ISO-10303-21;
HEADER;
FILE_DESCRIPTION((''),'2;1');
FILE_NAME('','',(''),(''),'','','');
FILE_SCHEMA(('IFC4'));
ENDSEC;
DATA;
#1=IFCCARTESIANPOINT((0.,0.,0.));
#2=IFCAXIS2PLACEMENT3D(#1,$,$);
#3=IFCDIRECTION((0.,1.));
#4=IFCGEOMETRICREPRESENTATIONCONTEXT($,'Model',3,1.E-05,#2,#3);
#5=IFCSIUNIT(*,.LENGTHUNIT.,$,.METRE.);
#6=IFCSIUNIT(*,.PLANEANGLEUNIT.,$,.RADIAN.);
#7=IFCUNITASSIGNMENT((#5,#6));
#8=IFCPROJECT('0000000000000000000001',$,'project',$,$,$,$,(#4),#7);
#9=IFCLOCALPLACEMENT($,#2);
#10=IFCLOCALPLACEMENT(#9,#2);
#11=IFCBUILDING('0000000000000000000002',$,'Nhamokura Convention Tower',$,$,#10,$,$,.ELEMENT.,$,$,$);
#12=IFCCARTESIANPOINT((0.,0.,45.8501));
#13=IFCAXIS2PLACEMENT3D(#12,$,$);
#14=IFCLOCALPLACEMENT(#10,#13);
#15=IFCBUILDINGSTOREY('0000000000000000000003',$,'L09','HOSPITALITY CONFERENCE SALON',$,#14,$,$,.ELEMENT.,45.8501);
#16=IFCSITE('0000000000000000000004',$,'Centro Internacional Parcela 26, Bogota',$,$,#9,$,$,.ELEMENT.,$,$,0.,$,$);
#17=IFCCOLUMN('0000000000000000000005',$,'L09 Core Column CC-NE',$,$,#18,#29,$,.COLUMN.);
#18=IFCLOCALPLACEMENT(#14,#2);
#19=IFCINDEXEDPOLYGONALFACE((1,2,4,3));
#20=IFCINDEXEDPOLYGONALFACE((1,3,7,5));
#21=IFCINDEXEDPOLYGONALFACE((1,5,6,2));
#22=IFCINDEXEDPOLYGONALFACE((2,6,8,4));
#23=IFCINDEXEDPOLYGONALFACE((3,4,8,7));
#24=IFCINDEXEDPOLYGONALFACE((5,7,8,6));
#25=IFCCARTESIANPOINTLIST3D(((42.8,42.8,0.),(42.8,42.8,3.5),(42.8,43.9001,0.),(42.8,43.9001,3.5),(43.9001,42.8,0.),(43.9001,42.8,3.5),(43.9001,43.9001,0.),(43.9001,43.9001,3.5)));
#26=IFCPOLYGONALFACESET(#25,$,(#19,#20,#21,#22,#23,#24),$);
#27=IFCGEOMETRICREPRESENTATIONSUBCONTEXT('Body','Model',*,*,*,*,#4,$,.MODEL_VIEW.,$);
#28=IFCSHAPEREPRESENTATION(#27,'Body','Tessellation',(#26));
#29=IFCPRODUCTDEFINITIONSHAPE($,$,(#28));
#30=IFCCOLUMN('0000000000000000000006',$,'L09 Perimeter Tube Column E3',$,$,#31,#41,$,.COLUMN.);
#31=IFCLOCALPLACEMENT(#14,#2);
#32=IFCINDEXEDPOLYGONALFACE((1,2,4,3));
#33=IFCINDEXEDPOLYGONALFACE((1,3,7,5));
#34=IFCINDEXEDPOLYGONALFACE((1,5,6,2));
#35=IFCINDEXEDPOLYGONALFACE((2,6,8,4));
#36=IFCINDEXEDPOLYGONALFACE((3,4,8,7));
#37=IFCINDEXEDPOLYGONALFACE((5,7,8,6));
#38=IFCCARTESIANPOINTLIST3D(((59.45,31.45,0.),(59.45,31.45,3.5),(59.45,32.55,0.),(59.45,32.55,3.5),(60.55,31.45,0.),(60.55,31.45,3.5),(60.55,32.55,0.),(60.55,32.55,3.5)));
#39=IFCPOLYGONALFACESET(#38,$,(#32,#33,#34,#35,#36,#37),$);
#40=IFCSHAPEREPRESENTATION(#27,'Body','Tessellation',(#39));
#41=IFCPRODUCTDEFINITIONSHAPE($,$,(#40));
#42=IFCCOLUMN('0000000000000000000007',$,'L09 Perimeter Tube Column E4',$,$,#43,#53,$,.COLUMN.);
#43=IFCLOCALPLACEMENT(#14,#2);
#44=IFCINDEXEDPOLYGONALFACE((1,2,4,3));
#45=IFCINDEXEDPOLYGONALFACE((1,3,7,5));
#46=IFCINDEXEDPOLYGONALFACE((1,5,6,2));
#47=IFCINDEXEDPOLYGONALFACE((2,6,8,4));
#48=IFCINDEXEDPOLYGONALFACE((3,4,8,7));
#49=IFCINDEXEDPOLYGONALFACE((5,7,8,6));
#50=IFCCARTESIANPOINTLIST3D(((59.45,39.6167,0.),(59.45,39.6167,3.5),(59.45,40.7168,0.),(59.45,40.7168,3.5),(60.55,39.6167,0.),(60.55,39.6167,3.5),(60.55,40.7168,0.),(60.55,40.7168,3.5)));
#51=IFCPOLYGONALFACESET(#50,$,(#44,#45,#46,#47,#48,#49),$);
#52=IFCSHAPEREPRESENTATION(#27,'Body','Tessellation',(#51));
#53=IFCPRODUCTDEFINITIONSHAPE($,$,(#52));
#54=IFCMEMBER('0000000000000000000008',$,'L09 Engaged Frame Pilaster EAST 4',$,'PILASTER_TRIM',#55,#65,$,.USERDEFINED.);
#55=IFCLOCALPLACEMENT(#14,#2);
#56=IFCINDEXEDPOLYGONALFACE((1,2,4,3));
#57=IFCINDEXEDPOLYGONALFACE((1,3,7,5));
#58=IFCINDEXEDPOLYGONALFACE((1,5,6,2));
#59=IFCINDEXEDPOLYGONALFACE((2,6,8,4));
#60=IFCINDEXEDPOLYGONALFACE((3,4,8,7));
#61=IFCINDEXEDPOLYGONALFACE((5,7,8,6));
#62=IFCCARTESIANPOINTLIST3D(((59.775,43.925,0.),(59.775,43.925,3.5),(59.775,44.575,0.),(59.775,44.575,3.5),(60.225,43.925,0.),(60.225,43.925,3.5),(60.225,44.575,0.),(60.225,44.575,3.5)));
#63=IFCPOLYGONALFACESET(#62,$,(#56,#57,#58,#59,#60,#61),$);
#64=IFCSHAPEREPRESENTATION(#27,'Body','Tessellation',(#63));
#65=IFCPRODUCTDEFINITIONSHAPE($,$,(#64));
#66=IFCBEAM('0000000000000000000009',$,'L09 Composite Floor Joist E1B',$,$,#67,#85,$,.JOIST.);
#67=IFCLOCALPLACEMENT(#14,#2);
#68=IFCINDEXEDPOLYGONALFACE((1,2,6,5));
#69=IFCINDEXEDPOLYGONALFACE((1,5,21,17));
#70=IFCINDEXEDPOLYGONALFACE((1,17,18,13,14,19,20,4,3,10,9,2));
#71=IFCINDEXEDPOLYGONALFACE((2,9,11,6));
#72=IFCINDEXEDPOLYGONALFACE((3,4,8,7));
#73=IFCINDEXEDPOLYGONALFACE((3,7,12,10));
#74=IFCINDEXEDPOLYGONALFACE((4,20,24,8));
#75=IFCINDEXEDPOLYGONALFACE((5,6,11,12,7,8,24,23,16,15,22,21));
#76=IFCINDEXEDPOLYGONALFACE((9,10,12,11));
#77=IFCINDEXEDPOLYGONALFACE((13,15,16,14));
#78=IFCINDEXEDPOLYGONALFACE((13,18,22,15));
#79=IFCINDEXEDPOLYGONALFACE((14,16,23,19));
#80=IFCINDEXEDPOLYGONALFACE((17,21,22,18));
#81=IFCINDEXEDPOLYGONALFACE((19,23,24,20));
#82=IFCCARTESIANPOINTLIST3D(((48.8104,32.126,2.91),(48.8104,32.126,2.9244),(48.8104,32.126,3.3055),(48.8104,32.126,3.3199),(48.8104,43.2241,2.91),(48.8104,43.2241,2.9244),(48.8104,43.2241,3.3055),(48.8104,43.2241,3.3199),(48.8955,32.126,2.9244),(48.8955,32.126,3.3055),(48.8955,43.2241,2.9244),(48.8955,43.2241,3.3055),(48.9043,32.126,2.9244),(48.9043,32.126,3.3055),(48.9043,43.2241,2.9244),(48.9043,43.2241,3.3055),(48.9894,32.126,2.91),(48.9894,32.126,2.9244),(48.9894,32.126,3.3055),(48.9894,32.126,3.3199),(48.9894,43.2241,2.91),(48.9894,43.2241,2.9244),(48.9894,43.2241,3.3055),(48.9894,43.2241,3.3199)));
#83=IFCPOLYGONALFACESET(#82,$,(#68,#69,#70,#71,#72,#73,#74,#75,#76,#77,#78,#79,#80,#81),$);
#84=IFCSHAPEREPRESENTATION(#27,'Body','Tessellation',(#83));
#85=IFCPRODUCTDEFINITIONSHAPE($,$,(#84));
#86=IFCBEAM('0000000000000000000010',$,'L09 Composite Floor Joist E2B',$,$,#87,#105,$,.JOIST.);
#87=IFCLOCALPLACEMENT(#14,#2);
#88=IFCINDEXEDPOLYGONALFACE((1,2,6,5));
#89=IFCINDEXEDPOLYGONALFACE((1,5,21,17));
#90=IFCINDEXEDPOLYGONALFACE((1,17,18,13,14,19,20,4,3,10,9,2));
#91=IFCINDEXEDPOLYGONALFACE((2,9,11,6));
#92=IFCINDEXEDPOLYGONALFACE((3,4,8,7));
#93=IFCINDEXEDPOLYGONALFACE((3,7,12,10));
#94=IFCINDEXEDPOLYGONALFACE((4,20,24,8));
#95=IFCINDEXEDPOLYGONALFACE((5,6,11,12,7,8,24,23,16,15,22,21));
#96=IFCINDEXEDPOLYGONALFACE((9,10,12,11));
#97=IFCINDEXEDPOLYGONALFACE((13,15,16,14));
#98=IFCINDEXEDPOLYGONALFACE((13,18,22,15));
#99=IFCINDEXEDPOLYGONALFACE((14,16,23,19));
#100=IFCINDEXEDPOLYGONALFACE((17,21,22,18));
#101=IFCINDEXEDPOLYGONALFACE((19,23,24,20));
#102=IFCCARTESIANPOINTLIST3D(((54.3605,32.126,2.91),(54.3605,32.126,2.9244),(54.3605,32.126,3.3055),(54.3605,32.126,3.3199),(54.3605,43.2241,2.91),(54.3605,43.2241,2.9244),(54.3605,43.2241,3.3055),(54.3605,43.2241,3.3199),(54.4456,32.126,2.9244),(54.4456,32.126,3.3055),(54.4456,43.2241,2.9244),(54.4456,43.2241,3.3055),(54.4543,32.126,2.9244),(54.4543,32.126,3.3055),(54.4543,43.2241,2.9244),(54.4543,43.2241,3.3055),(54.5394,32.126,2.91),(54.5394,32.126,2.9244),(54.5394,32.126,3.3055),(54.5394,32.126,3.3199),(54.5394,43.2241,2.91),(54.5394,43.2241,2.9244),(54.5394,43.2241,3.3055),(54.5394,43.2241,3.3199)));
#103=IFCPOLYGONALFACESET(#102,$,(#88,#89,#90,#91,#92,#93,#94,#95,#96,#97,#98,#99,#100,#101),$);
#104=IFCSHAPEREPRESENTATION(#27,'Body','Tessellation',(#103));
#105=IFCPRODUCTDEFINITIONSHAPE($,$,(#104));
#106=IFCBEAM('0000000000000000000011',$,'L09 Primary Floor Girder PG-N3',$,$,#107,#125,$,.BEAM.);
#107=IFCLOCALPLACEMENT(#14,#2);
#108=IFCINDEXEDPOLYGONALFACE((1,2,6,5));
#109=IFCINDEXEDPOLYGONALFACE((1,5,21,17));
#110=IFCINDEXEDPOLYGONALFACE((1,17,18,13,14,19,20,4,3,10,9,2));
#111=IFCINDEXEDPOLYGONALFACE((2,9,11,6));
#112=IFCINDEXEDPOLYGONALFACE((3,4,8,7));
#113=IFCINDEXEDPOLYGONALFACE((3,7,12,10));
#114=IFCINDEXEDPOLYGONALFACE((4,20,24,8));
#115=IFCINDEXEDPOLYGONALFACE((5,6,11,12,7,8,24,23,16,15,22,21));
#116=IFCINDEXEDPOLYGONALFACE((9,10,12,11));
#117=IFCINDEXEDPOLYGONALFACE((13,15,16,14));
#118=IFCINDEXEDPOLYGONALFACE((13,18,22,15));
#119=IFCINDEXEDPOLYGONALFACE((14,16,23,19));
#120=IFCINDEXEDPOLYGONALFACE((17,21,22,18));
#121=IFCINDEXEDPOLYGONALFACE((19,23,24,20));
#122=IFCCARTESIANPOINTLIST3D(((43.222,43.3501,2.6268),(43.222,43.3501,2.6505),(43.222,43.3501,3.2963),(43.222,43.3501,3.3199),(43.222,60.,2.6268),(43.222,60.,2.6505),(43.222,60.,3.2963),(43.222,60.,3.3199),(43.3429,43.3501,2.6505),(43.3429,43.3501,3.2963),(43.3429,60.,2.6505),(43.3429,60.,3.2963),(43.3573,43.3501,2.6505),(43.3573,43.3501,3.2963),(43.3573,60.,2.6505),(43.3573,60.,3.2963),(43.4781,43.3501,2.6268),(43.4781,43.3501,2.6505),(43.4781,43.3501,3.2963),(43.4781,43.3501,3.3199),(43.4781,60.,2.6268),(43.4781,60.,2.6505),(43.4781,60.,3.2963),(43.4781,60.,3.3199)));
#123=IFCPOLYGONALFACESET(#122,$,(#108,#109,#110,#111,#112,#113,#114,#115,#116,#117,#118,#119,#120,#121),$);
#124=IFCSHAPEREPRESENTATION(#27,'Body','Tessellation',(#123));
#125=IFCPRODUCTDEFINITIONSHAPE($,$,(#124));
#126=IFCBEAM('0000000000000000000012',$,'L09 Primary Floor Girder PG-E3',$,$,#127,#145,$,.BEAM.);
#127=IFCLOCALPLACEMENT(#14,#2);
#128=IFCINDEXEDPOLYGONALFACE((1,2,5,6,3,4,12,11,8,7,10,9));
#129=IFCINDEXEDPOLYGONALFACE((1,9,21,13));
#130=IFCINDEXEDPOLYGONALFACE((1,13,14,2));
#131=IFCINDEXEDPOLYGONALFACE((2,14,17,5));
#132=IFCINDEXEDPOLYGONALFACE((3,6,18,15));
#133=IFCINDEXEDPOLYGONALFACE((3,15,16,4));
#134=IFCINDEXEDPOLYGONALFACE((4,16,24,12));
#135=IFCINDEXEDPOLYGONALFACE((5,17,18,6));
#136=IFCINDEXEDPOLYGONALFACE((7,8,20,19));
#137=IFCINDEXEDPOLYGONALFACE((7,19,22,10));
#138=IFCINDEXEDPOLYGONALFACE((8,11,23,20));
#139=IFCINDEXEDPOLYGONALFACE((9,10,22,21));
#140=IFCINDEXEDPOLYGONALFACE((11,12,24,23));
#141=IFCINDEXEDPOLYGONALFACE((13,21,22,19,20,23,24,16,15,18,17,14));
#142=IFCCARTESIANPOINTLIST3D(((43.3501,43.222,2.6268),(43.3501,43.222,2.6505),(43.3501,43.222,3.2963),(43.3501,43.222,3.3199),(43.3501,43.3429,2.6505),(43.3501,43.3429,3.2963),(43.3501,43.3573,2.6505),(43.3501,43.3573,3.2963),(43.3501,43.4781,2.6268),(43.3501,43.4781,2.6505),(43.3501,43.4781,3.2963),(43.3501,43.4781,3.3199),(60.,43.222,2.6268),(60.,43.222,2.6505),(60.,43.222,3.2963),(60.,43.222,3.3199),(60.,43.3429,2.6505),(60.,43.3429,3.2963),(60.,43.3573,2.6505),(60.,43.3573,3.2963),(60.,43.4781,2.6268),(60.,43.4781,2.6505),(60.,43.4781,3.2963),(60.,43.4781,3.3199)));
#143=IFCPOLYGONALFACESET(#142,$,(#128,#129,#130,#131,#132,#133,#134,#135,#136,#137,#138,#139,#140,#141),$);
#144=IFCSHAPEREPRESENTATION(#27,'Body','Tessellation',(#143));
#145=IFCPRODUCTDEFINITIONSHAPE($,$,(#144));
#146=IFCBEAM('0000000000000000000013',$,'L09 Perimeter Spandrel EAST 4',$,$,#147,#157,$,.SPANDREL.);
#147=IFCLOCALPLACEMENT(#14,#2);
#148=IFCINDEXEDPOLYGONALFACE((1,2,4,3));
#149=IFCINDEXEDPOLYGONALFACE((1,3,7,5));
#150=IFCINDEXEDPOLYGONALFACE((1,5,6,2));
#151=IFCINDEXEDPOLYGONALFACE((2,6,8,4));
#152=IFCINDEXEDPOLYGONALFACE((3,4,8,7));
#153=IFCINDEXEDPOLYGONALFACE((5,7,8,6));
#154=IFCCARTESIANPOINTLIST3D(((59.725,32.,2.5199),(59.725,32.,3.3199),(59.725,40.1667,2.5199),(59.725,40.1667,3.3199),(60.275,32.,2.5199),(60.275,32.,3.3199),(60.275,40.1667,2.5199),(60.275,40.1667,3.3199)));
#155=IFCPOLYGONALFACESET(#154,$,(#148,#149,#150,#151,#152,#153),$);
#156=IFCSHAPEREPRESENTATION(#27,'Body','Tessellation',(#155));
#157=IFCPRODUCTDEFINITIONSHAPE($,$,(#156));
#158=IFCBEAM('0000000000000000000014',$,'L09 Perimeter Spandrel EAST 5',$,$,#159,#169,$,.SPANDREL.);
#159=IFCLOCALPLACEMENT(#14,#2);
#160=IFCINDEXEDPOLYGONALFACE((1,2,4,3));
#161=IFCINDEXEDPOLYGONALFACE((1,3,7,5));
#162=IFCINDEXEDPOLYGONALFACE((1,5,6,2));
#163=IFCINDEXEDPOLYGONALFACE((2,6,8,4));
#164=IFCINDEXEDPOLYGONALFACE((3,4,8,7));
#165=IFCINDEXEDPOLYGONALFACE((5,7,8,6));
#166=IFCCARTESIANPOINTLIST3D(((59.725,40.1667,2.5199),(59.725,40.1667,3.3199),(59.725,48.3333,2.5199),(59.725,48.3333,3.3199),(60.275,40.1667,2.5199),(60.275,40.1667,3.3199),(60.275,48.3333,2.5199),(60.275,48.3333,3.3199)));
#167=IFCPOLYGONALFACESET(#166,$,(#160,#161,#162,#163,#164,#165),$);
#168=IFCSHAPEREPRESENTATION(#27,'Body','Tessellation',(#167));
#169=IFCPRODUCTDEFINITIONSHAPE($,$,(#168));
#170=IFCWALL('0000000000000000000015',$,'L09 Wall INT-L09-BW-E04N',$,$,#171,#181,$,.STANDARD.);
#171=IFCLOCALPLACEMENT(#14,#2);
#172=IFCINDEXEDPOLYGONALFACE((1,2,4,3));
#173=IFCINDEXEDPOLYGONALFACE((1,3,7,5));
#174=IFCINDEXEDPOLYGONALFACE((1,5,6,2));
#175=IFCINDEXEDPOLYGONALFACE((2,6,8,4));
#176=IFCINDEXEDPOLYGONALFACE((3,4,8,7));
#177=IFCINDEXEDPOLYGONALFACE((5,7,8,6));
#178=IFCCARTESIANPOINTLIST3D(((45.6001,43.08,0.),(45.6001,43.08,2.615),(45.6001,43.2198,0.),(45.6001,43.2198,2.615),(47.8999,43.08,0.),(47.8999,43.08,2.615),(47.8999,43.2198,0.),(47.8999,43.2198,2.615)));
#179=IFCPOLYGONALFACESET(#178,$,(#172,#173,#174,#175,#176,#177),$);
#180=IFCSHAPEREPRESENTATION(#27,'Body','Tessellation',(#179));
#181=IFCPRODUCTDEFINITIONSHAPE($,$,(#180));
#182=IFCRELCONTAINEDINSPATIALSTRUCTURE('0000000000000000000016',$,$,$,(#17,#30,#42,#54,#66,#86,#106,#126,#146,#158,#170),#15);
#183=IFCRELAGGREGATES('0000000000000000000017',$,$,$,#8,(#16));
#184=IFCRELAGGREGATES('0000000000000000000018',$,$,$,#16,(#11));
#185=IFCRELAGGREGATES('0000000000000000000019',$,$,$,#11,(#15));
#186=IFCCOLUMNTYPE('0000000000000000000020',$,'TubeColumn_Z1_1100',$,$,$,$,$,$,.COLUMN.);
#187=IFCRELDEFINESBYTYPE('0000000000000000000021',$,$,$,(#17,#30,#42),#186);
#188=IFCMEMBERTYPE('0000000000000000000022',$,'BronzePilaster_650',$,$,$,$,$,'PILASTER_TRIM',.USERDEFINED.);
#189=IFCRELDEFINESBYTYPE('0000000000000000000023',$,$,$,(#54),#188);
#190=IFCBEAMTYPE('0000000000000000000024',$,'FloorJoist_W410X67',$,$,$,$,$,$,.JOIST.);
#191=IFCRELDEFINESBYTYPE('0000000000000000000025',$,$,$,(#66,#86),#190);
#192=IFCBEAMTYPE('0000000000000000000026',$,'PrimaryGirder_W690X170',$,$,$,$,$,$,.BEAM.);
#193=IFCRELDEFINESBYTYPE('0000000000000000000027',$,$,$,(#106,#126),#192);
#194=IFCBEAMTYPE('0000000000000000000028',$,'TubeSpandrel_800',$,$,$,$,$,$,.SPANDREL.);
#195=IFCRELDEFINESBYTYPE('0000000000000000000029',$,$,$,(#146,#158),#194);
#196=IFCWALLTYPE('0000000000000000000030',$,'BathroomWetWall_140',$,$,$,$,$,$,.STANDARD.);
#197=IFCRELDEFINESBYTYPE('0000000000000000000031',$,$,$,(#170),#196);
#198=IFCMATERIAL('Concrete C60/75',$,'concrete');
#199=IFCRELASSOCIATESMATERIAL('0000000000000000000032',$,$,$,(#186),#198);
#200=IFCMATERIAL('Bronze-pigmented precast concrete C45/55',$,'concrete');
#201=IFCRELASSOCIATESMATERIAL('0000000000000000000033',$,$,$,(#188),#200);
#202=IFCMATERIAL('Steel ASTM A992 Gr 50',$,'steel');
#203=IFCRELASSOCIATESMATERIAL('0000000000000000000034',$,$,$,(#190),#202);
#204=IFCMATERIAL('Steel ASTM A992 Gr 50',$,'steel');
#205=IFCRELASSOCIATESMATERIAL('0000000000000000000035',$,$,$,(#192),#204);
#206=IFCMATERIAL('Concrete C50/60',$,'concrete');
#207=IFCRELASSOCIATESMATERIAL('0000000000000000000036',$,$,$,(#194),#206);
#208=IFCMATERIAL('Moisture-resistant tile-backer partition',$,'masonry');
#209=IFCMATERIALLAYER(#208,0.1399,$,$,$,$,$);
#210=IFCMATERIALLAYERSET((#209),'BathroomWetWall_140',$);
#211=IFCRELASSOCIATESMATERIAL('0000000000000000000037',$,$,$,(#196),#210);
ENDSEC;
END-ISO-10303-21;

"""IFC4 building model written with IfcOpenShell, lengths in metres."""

from ifc_helpers import new_model, si_unit, direction, frame, frame_2d, origin, origin_2d, place, context, subcontext, project, spatial, rectangle, i_section, extrude, material, layer, layer_set, material_profile, profile_set, type_object, element, save


model = new_model("IFC4")

# Units and contexts
model_context = context("Model", 3, precision=1e-05, world=origin(), true_north=direction((0.0, 1.0)))
body_context = subcontext(model_context, "Body", "Model", "MODEL_VIEW")
ifc_project = project(units=[si_unit("LENGTHUNIT", "METRE"), si_unit("PLANEANGLEUNIT", "RADIAN")], contexts=[model_context])

# Site, building, storey
site_placement = place(None, origin())
site = spatial("IfcSite", under=ifc_project, at=site_placement, Name="Centro Internacional Parcela 26, Bogota", CompositionType="ELEMENT", RefElevation=0.0)
building_placement = place(site_placement, origin())
building = spatial("IfcBuilding", under=site, at=building_placement, Name="Nhamokura Convention Tower", CompositionType="ELEMENT")
storey_placement = place(building_placement, frame((0.0, 0.0, 45.8501)))
storey = spatial("IfcBuildingStorey", under=building, at=storey_placement, Name="L09", Description="HOSPITALITY CONFERENCE SALON", CompositionType="ELEMENT", Elevation=45.8501)

# Columns
ifc_material_1 = material(Name="Concrete C60/75", Category="concrete")
ifc_material_profile_1 = material_profile(ifc_material_1, rectangle(XDim=1.1001, YDim=1.1001, at=origin_2d()))
ifc_profile_set_1 = profile_set([ifc_material_profile_1], Name="Concrete C60/75")
column_type = type_object("IfcColumnType", Name="TubeColumn_Z1_1100", PredefinedType="COLUMN", material=ifc_profile_set_1)
for number, where, z_axis, x_axis, name in (
    (1, (43.3501, 43.3501, 0.0), (0.0, 0.0, 1.0), (1.0, 0.0, 0.0), "L09 Core Column CC-NE"),
    (2, (60.0, 32.0, 0.0), (0.0, 0.0, 1.0), (1.0, 0.0, 0.0), "L09 Perimeter Tube Column E3"),
    (3, (60.0, 40.1667, 0.0), (0.0, 0.0, 1.0), (1.0, 0.0, 0.0), "L09 Perimeter Tube Column E4"),
):
    element("IfcColumn", number, at=place(storey_placement, frame(where, z_axis=z_axis, x_axis=x_axis)), inside=storey, type_object=column_type, Name=name, PredefinedType="COLUMN", context=body_context, shape_type="SweptSolid", body=[
        extrude(rectangle(XDim=1.1001, YDim=1.1001, at=origin_2d()), origin(), (0.0, 0.0, 1.0), 3.5),
    ])

# Member
ifc_material_2 = material(Name="Bronze-pigmented precast concrete C45/55", Category="concrete")
ifc_material_profile_2 = material_profile(ifc_material_2, rectangle(XDim=0.45, YDim=0.6499, at=origin_2d()))
ifc_profile_set_2 = profile_set([ifc_material_profile_2], Name="Bronze-pigmented precast concrete C45/55")
member_type = type_object("IfcMemberType", Name="BronzePilaster_650", ElementType="PILASTER_TRIM", PredefinedType="USERDEFINED", material=ifc_profile_set_2)
member_placement = place(storey_placement, frame((60.0, 44.25, 0.0), z_axis=(0.0, 0.0, 1.0), x_axis=(1.0, 0.0, 0.0)))
element("IfcMember", 4, at=member_placement, inside=storey, type_object=member_type, Name="L09 Engaged Frame Pilaster EAST 4", ObjectType="PILASTER_TRIM", PredefinedType="USERDEFINED", context=body_context, shape_type="SweptSolid", body=[
    extrude(rectangle(XDim=0.45, YDim=0.6499, at=origin_2d()), origin(), (0.0, 0.0, 1.0), 3.5),
])

# Beams
ifc_material_3 = material(Name="Steel ASTM A992 Gr 50", Category="steel")
ifc_material_profile_3 = material_profile(ifc_material_3, i_section(OverallWidth=0.179, OverallDepth=0.4099, WebThickness=0.0088, FlangeThickness=0.0144, at=origin_2d()))
ifc_profile_set_3 = profile_set([ifc_material_profile_3], Name="Steel ASTM A992 Gr 50")
beam_type_1 = type_object("IfcBeamType", Name="FloorJoist_W410X67", PredefinedType="JOIST", material=ifc_profile_set_3)
for number, where, z_axis, x_axis, name in (
    (5, (48.8999, 32.126, 3.115), (0.0, 1.0, 0.0), (-1.0, 0.0, 0.0), "L09 Composite Floor Joist E1B"),
    (6, (54.45, 32.126, 3.115), (0.0, 1.0, 0.0), (-1.0, 0.0, 0.0), "L09 Composite Floor Joist E2B"),
):
    element("IfcBeam", number, at=place(storey_placement, frame(where, z_axis=z_axis, x_axis=x_axis)), inside=storey, type_object=beam_type_1, Name=name, PredefinedType="JOIST", context=body_context, shape_type="SweptSolid", body=[
        extrude(i_section(OverallWidth=0.179, OverallDepth=0.4099, WebThickness=0.0088, FlangeThickness=0.0144, at=origin_2d()), origin(), (0.0, 0.0, 1.0), 11.0981),
    ])
ifc_material_4 = material(Name="Steel ASTM A992 Gr 50", Category="steel")
ifc_material_profile_4 = material_profile(ifc_material_4, i_section(OverallWidth=0.2561, OverallDepth=0.6931, WebThickness=0.0144, FlangeThickness=0.0237, at=origin_2d()))
ifc_profile_set_4 = profile_set([ifc_material_profile_4], Name="Steel ASTM A992 Gr 50")
beam_type_2 = type_object("IfcBeamType", Name="PrimaryGirder_W690X170", PredefinedType="BEAM", material=ifc_profile_set_4)
for number, where, z_axis, x_axis, name in (
    (7, (43.3501, 43.3501, 2.9734), (0.0, 1.0, 0.0), (-1.0, 0.0, 0.0), "L09 Primary Floor Girder PG-N3"),
    (8, (43.3501, 43.3501, 2.9734), (1.0, 0.0, 0.0), (0.0, 1.0, 0.0), "L09 Primary Floor Girder PG-E3"),
):
    element("IfcBeam", number, at=place(storey_placement, frame(where, z_axis=z_axis, x_axis=x_axis)), inside=storey, type_object=beam_type_2, Name=name, PredefinedType="BEAM", context=body_context, shape_type="SweptSolid", body=[
        extrude(i_section(OverallWidth=0.2561, OverallDepth=0.6931, WebThickness=0.0144, FlangeThickness=0.0237, at=origin_2d()), origin(), (0.0, 0.0, 1.0), 16.6499),
    ])
ifc_material_5 = material(Name="Concrete C50/60", Category="concrete")
ifc_material_profile_5 = material_profile(ifc_material_5, rectangle(XDim=0.55, YDim=0.8, at=origin_2d()))
ifc_profile_set_5 = profile_set([ifc_material_profile_5], Name="Concrete C50/60")
beam_type_3 = type_object("IfcBeamType", Name="TubeSpandrel_800", PredefinedType="SPANDREL", material=ifc_profile_set_5)
beam_1_placement = place(storey_placement, frame((60.0, 32.0, 2.9199), z_axis=(0.0, 1.0, 0.0), x_axis=(-1.0, 0.0, 0.0)))
element("IfcBeam", 9, at=beam_1_placement, inside=storey, type_object=beam_type_3, Name="L09 Perimeter Spandrel EAST 4", PredefinedType="SPANDREL", context=body_context, shape_type="SweptSolid", body=[
    extrude(rectangle(XDim=0.55, YDim=0.8, at=origin_2d()), origin(), (0.0, 0.0, 1.0), 8.1667),
])
beam_2_placement = place(storey_placement, frame((60.0, 40.1667, 2.9199), z_axis=(0.0, 1.0, 0.0), x_axis=(-1.0, 0.0, 0.0)))
element("IfcBeam", 10, at=beam_2_placement, inside=storey, type_object=beam_type_3, Name="L09 Perimeter Spandrel EAST 5", PredefinedType="SPANDREL", context=body_context, shape_type="SweptSolid", body=[
    extrude(rectangle(XDim=0.55, YDim=0.8, at=origin_2d()), origin(), (0.0, 0.0, 1.0), 8.1665),
])

# Wall
ifc_material_6 = material(Name="Moisture-resistant tile-backer partition", Category="masonry")
ifc_layer_1 = layer(ifc_material_6, 0.1399)
ifc_layer_set_1 = layer_set([ifc_layer_1], Name="BathroomWetWall_140")
wall_type_1 = type_object("IfcWallType", Name="BathroomWetWall_140", PredefinedType="STANDARD", material=ifc_layer_set_1)
wall_1_placement = place(storey_placement, frame((45.6001, 43.1499, 0.0), z_axis=(0.0, 0.0, 1.0), x_axis=(1.0, 0.0, 0.0)))
element("IfcWall", 11, at=wall_1_placement, inside=storey, type_object=wall_type_1, Name="L09 Wall INT-L09-BW-E04N", PredefinedType="STANDARD", context=body_context, shape_type="SweptSolid", body=[
    extrude(rectangle(XDim=2.2998, YDim=0.1399, at=frame_2d((1.1499, 0.0))), origin(), (0.0, 0.0, 1.0), 2.615),
])

save(model, "model.ifc")
